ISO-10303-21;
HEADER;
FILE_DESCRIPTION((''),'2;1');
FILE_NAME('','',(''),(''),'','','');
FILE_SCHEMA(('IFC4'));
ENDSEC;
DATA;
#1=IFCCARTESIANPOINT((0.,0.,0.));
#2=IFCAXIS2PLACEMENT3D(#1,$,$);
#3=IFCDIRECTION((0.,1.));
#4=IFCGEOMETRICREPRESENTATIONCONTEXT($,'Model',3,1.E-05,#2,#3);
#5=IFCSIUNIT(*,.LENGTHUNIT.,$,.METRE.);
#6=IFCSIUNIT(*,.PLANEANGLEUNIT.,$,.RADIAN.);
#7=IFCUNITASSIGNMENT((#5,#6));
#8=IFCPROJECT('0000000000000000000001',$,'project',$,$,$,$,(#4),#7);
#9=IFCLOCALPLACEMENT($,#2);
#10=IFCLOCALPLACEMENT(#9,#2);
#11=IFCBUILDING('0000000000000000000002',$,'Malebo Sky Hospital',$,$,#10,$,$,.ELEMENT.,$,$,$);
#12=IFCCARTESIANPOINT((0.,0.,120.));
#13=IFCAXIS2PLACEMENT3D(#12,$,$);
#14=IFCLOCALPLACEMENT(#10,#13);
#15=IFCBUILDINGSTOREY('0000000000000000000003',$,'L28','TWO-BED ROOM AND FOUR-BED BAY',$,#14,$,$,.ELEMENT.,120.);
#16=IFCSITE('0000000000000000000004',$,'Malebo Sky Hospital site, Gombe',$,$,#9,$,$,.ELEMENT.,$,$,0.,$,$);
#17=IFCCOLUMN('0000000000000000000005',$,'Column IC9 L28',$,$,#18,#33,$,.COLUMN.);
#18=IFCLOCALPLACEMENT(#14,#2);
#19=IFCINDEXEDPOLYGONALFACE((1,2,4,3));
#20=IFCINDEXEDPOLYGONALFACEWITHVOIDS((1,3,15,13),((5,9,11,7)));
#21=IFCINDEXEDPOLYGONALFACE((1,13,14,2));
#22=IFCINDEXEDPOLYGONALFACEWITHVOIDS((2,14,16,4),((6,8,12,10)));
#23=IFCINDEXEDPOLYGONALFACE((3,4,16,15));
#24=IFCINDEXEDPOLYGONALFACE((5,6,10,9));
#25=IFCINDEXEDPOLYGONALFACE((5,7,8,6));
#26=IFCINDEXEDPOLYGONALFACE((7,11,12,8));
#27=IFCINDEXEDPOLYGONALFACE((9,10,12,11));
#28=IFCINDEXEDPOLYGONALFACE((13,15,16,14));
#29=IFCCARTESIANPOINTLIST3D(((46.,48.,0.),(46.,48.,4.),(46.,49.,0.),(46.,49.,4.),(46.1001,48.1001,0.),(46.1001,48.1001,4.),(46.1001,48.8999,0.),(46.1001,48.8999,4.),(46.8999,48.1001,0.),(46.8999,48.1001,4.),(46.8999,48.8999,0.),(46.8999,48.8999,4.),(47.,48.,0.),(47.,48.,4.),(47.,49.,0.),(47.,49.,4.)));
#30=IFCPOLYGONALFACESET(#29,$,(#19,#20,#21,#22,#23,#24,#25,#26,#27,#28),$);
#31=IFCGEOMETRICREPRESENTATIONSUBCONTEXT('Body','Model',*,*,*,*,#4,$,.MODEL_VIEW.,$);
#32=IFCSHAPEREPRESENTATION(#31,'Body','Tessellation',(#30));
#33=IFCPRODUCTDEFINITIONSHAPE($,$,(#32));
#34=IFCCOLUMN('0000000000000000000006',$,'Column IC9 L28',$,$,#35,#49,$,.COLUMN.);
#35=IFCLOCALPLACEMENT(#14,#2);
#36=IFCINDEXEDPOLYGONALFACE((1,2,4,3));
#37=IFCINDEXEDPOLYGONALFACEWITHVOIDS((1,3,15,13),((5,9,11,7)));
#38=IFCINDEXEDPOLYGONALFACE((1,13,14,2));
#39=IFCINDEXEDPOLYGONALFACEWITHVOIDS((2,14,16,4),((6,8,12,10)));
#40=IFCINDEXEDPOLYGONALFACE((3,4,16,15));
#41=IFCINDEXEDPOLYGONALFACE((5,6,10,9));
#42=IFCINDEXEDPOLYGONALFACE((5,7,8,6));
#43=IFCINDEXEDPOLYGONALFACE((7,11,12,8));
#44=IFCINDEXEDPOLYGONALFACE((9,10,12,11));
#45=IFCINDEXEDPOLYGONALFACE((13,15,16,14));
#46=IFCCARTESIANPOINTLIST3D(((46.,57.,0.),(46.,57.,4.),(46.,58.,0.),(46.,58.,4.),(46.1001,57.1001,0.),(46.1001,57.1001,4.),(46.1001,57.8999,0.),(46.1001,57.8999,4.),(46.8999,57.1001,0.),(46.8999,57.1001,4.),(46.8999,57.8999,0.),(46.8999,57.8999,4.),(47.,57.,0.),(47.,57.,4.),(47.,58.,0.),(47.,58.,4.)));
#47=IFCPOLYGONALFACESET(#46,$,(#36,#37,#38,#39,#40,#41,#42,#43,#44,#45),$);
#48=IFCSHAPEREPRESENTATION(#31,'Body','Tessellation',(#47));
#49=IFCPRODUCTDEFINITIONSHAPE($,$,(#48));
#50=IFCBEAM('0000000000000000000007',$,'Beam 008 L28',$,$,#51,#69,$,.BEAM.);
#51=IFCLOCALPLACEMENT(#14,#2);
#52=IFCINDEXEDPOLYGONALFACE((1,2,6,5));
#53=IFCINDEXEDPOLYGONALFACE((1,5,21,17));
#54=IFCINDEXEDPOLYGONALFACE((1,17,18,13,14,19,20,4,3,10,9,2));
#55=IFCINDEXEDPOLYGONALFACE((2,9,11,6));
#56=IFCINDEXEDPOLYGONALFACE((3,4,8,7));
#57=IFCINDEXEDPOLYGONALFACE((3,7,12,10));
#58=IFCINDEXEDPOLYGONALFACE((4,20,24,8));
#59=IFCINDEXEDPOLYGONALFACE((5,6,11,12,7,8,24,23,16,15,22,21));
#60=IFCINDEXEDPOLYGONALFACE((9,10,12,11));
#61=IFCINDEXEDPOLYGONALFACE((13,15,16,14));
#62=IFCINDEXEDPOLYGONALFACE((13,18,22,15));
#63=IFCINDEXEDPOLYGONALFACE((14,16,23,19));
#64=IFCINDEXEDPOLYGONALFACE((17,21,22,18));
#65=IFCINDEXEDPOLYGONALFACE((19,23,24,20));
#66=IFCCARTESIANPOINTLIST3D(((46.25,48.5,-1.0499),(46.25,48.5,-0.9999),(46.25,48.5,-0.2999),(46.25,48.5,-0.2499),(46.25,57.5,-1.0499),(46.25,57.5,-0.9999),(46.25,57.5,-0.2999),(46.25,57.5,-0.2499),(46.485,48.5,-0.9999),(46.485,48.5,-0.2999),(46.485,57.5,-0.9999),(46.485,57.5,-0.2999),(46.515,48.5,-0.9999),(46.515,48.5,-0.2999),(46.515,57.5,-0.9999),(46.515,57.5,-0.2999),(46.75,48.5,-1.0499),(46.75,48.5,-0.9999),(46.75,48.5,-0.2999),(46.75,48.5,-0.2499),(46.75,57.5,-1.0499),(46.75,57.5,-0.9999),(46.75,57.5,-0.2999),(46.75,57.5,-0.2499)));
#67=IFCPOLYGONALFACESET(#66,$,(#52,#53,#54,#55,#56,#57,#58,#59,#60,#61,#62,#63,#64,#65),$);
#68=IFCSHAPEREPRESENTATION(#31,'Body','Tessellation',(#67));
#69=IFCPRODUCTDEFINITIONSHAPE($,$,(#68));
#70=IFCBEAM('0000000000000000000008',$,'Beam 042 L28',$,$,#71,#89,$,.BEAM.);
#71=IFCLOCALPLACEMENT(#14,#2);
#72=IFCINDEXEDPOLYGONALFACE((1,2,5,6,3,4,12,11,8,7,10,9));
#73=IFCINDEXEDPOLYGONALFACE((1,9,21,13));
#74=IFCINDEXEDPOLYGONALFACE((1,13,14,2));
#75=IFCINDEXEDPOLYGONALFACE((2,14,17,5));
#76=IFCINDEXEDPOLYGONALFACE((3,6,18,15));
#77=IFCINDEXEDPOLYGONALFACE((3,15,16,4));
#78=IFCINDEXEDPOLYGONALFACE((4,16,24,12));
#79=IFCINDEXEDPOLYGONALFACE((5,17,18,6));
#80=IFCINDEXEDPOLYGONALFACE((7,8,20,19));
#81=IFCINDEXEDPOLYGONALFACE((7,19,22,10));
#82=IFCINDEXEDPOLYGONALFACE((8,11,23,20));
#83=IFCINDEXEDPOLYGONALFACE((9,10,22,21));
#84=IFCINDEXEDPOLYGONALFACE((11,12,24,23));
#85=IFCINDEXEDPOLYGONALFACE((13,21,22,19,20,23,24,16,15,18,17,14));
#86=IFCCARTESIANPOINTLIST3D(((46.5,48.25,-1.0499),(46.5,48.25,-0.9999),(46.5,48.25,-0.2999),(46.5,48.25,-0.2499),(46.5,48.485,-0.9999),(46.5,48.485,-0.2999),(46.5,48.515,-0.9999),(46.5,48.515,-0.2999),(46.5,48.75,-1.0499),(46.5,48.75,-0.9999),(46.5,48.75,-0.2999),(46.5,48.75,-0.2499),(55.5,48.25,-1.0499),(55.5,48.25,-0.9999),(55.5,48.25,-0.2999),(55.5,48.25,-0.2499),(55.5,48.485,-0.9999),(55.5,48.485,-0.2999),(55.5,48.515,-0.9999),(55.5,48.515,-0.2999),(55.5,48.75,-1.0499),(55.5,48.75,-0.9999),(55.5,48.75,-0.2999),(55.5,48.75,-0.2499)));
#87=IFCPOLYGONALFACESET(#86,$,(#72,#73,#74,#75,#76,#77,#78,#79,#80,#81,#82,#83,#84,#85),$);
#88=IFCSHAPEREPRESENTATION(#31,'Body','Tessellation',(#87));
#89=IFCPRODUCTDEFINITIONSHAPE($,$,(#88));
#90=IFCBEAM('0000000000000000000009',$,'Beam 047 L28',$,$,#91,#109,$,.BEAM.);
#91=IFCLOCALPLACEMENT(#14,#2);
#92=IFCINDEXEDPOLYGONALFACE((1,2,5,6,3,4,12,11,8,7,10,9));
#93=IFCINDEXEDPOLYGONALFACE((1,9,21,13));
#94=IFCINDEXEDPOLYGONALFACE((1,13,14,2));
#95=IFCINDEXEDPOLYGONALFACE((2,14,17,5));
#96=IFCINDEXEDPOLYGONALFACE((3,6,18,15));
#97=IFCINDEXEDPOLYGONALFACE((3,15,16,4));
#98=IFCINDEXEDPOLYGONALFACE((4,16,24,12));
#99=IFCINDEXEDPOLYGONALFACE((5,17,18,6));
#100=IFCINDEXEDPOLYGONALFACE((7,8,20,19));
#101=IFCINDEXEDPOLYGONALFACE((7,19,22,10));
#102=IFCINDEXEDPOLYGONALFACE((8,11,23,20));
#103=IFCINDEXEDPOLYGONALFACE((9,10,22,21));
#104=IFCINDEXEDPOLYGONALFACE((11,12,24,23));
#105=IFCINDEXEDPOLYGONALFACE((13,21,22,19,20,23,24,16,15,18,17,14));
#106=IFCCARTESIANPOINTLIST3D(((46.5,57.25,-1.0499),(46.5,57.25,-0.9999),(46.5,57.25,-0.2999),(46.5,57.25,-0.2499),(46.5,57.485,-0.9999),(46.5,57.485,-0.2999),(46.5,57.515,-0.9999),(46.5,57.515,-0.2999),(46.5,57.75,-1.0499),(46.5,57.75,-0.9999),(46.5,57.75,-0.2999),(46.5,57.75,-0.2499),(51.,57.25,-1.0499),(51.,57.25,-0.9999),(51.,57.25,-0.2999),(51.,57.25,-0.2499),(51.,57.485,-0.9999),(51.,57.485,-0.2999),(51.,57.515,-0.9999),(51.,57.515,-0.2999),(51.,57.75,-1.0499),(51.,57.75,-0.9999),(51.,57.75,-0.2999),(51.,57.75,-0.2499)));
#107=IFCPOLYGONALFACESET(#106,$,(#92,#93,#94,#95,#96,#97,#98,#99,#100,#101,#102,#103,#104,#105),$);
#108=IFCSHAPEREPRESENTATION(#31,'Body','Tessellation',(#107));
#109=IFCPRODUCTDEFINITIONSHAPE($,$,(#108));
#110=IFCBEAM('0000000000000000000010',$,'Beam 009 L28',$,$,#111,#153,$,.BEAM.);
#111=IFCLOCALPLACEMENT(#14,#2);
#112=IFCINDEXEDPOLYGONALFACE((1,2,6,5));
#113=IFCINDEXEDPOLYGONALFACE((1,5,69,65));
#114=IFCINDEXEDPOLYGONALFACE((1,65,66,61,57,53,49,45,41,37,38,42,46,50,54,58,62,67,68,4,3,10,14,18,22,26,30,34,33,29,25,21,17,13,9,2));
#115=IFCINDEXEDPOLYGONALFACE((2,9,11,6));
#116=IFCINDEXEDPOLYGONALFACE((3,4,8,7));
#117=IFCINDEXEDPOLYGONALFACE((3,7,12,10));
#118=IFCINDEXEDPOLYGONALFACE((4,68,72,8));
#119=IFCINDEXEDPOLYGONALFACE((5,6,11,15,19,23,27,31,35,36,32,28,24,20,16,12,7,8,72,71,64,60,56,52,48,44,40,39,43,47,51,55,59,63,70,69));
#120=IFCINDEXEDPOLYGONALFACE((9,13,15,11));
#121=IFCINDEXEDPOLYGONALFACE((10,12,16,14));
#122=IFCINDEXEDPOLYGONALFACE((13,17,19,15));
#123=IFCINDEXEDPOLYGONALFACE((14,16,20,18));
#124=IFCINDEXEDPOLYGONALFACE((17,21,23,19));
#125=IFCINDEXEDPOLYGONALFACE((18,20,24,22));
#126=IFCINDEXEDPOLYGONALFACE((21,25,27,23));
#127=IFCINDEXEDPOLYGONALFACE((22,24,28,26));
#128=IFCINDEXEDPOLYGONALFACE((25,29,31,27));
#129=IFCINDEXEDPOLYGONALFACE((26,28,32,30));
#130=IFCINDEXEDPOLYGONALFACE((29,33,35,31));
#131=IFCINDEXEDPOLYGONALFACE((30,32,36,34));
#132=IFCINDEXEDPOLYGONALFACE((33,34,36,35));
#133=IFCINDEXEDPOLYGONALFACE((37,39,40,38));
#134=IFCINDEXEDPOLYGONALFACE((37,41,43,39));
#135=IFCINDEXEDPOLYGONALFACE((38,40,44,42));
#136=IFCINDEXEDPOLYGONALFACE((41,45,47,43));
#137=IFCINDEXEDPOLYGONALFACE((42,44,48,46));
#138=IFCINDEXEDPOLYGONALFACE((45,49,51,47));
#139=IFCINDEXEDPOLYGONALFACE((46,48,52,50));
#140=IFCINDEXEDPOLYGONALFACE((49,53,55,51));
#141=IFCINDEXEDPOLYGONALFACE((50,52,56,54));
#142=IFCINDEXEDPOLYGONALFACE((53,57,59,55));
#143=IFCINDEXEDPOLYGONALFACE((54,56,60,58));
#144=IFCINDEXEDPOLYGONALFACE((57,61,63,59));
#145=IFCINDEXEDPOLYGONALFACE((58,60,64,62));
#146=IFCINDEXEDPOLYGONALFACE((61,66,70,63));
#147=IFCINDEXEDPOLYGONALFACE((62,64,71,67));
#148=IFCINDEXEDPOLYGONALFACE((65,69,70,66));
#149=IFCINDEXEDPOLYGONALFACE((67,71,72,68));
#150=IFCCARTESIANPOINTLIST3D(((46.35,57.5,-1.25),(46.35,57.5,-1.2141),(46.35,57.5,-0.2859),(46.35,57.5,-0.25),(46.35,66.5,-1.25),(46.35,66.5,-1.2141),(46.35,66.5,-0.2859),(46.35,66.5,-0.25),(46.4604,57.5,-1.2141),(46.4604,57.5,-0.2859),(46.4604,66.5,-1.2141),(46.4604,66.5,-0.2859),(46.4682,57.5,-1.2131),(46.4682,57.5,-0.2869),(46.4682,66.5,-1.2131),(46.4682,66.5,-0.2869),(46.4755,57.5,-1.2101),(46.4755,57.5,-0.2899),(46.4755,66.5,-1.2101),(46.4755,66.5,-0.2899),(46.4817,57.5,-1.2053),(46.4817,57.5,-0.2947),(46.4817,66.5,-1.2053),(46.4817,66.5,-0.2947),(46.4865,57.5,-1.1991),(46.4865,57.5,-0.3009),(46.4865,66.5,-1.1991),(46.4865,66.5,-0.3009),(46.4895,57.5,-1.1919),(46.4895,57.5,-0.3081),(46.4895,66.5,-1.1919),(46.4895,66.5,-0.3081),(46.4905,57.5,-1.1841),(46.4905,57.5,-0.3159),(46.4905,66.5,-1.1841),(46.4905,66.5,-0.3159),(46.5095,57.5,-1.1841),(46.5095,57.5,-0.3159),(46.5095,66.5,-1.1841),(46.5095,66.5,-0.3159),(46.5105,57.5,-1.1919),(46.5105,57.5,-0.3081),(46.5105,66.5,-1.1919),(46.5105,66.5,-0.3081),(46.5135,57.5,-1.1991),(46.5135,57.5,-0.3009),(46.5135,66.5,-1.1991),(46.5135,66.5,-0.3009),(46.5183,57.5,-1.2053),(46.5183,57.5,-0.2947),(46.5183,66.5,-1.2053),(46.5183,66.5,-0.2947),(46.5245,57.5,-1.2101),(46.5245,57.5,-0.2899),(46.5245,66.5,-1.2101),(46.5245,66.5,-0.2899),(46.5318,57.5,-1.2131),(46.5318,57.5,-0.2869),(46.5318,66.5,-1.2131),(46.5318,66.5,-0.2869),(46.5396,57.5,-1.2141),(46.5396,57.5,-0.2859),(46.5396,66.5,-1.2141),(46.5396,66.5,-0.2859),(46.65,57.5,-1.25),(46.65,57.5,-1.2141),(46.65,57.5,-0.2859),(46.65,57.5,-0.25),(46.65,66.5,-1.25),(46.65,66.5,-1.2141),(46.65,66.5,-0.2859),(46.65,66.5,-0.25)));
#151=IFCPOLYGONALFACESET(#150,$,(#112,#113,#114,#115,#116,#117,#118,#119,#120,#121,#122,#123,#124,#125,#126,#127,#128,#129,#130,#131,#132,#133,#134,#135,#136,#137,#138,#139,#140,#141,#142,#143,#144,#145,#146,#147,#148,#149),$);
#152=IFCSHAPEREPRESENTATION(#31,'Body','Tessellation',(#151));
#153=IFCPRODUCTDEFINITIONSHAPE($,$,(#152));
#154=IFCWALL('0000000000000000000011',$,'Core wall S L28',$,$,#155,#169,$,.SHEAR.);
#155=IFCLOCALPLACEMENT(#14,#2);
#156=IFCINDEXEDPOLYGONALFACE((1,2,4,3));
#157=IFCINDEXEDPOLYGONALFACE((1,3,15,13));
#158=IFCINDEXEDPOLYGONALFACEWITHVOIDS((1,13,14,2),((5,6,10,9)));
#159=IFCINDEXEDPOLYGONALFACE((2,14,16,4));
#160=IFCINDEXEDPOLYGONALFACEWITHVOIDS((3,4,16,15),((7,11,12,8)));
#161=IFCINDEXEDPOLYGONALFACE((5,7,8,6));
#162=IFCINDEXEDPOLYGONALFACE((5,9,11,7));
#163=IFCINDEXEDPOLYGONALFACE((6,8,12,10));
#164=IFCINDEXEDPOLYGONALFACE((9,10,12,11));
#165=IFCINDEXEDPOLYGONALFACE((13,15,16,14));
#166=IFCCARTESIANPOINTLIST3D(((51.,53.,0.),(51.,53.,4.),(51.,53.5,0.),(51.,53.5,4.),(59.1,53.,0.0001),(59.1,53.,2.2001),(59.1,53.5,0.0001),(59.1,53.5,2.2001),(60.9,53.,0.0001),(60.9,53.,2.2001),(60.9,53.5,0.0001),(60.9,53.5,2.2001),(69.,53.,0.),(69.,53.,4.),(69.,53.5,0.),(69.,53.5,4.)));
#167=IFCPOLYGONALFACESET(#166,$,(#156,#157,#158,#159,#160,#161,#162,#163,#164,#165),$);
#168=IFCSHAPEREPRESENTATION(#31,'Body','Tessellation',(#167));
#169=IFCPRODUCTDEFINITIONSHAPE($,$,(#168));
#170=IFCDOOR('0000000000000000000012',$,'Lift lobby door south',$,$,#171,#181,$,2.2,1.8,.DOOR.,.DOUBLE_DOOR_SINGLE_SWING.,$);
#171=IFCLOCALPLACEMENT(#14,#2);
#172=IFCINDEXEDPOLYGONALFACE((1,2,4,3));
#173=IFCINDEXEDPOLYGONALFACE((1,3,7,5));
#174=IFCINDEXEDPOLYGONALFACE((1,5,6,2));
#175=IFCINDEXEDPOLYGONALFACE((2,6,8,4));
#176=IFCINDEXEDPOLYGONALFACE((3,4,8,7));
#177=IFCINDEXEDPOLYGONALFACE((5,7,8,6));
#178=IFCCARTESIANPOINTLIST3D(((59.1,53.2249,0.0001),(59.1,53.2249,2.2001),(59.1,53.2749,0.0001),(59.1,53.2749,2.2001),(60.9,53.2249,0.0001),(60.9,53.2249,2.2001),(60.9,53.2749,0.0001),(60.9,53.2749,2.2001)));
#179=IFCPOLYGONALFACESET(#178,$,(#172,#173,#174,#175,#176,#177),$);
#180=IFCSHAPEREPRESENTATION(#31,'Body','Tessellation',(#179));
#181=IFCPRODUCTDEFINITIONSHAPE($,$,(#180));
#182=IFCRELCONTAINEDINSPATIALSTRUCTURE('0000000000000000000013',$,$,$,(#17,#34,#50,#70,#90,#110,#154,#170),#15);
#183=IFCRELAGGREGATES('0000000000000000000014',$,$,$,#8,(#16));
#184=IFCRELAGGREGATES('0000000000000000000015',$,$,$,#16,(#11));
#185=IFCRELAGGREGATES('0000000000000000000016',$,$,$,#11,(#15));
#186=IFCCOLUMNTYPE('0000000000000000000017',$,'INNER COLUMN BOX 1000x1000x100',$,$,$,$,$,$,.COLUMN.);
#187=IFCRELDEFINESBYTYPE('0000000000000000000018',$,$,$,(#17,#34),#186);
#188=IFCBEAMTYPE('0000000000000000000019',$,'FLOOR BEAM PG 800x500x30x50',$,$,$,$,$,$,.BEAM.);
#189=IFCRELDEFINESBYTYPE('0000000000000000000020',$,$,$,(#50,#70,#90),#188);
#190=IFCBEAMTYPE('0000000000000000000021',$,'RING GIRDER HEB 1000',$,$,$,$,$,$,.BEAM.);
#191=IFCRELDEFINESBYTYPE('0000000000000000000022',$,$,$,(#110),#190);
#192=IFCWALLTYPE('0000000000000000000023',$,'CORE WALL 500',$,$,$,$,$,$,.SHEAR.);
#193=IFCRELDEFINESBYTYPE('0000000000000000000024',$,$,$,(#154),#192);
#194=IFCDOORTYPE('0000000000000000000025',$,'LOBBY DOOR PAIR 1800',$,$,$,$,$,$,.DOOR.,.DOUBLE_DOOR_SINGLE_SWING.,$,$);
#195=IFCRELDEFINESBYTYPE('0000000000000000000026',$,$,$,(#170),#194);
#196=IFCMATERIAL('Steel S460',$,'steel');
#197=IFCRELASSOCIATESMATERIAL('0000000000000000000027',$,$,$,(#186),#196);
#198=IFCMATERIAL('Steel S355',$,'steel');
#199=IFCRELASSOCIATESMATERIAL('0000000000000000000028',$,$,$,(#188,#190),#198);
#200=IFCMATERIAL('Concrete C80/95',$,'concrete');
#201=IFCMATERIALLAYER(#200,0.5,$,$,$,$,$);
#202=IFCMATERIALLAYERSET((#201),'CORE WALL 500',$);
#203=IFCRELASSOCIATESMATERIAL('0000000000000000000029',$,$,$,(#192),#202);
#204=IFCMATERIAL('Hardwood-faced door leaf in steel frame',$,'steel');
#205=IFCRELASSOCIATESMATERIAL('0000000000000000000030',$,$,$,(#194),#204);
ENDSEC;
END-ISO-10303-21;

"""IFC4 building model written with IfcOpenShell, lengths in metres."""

from ifc_helpers import new_model, si_unit, direction, frame, frame_2d, origin, origin_2d, place, context, subcontext, project, spatial, rectangle, hollow_rectangle, i_section, extrude, material, layer, layer_set, material_profile, profile_set, type_object, element, fill, save


model = new_model("IFC4")

# Units and contexts
model_context = context("Model", 3, precision=1e-05, world=origin(), true_north=direction((0.0, 1.0)))
body_context = subcontext(model_context, "Body", "Model", "MODEL_VIEW")
ifc_project = project(units=[si_unit("LENGTHUNIT", "METRE"), si_unit("PLANEANGLEUNIT", "RADIAN")], contexts=[model_context])

# Site, building, storey
site_placement = place(None, origin())
site = spatial("IfcSite", under=ifc_project, at=site_placement, Name="Malebo Sky Hospital site, Gombe", CompositionType="ELEMENT", RefElevation=0.0)
building_placement = place(site_placement, origin())
building = spatial("IfcBuilding", under=site, at=building_placement, Name="Malebo Sky Hospital", CompositionType="ELEMENT")
storey_placement = place(building_placement, frame((0.0, 0.0, 120.0)))
storey = spatial("IfcBuildingStorey", under=building, at=storey_placement, Name="L28", Description="TWO-BED ROOM AND FOUR-BED BAY", CompositionType="ELEMENT", Elevation=120.0)

# Columns
ifc_material_1 = material(Name="Steel S460", Category="steel")
ifc_material_profile_1 = material_profile(ifc_material_1, hollow_rectangle(XDim=1.0, YDim=1.0, WallThickness=0.1001, at=origin_2d()), Name="BOX 1000x1000x100")
ifc_profile_set_1 = profile_set([ifc_material_profile_1], Name="Steel S460")
column_type = type_object("IfcColumnType", Name="INNER COLUMN BOX 1000x1000x100", PredefinedType="COLUMN", material=ifc_profile_set_1)
for number, where, z_axis, x_axis, name in (
    (1, (46.5, 48.5, 0.0), (0.0, 0.0, 1.0), (1.0, 0.0, 0.0), "Column IC9 L28"),
    (2, (46.5, 57.5, 0.0), (0.0, 0.0, 1.0), (1.0, 0.0, 0.0), "Column IC9 L28"),
):
    element("IfcColumn", number, at=place(storey_placement, frame(where, z_axis=z_axis, x_axis=x_axis)), inside=storey, type_object=column_type, Name=name, PredefinedType="COLUMN", context=body_context, shape_type="SweptSolid", body=[
        extrude(hollow_rectangle(XDim=1.0, YDim=1.0, WallThickness=0.1001, at=origin_2d()), origin(), (0.0, 0.0, 1.0), 4.0),
    ])

# Beams
ifc_material_2 = material(Name="Steel S355", Category="steel")
ifc_material_profile_2 = material_profile(ifc_material_2, i_section(OverallWidth=0.5, OverallDepth=0.8, WebThickness=0.03, FlangeThickness=0.05, at=origin_2d()), Name="PG 800x500x30x50")
ifc_profile_set_2 = profile_set([ifc_material_profile_2], Name="Steel S355")
beam_type_1 = type_object("IfcBeamType", Name="FLOOR BEAM PG 800x500x30x50", PredefinedType="BEAM", material=ifc_profile_set_2)
for number, where, z_axis, x_axis, name in (
    (3, (46.5, 48.5, -0.6499), (0.0, 1.0, 0.0), (-1.0, 0.0, 0.0), "Beam 008 L28"),
    (4, (46.5, 48.5, -0.6499), (1.0, 0.0, 0.0), (0.0, 1.0, 0.0), "Beam 042 L28"),
):
    element("IfcBeam", number, at=place(storey_placement, frame(where, z_axis=z_axis, x_axis=x_axis)), inside=storey, type_object=beam_type_1, Name=name, PredefinedType="BEAM", context=body_context, shape_type="SweptSolid", body=[
        extrude(i_section(OverallWidth=0.5, OverallDepth=0.8, WebThickness=0.03, FlangeThickness=0.05, at=origin_2d()), origin(), (0.0, 0.0, 1.0), 9.0),
    ])
beam_1_placement = place(storey_placement, frame((46.5, 57.5, -0.6499), z_axis=(1.0, 0.0, 0.0), x_axis=(0.0, 1.0, 0.0)))
element("IfcBeam", 5, at=beam_1_placement, inside=storey, type_object=beam_type_1, Name="Beam 047 L28", PredefinedType="BEAM", context=body_context, shape_type="SweptSolid", body=[
    extrude(i_section(OverallWidth=0.5, OverallDepth=0.8, WebThickness=0.03, FlangeThickness=0.05, at=origin_2d()), origin(), (0.0, 0.0, 1.0), 4.5),
])
ifc_material_profile_3 = material_profile(ifc_material_2, i_section(OverallWidth=0.3, OverallDepth=1.0, WebThickness=0.019, FlangeThickness=0.0359, FilletRadius=0.03, at=origin_2d()), Name="HEB 1000")
ifc_profile_set_3 = profile_set([ifc_material_profile_3], Name="Steel S355")
beam_type_2 = type_object("IfcBeamType", Name="RING GIRDER HEB 1000", PredefinedType="BEAM", material=ifc_profile_set_3)
beam_2_placement = place(storey_placement, frame((46.5, 57.5, -0.75), z_axis=(0.0, 1.0, 0.0), x_axis=(-1.0, 0.0, 0.0)))
element("IfcBeam", 6, at=beam_2_placement, inside=storey, type_object=beam_type_2, Name="Beam 009 L28", PredefinedType="BEAM", context=body_context, shape_type="SweptSolid", body=[
    extrude(i_section(OverallWidth=0.3, OverallDepth=1.0, WebThickness=0.019, FlangeThickness=0.0359, FilletRadius=0.03, at=origin_2d()), origin(), (0.0, 0.0, 1.0), 9.0),
])

# Wall, opening, door
ifc_material_3 = material(Name="Concrete C80/95", Category="concrete")
ifc_layer_1 = layer(ifc_material_3, 0.5)
ifc_layer_set_1 = layer_set([ifc_layer_1], Name="CORE WALL 500")
wall_type_1 = type_object("IfcWallType", Name="CORE WALL 500", PredefinedType="SHEAR", material=ifc_layer_set_1)
wall_1_placement = place(storey_placement, frame((51.0, 53.25, 0.0), z_axis=(0.0, 0.0, 1.0), x_axis=(1.0, 0.0, 0.0)))
wall_1 = element("IfcWall", 7, at=wall_1_placement, inside=storey, type_object=wall_type_1, Name="Core wall S L28", PredefinedType="SHEAR", context=body_context, shape_type="SweptSolid", body=[
    extrude(rectangle(XDim=18.0, YDim=0.5, at=frame_2d((9.0, 0.0))), origin(), (0.0, 0.0, 1.0), 4.0),
])
opening_1_placement = place(wall_1_placement, frame((8.1001, 0.0, 0.0)))
opening_1 = element("IfcOpeningElement", 8, at=opening_1_placement, cuts=wall_1, PredefinedType="OPENING", context=body_context, shape_type="SweptSolid", body=[
    extrude(rectangle(XDim=1.8, YDim=2.2, at=frame_2d((0.8999, 1.1001))), frame((0.0, 0.26, 0.0), z_axis=(0.0, -1.0, 0.0), x_axis=(1.0, 0.0, 0.0)), (0.0, 0.0, 1.0), 0.52),
])
ifc_material_4 = material(Name="Hardwood-faced door leaf in steel frame", Category="steel")
door_type_1 = type_object("IfcDoorType", Name="LOBBY DOOR PAIR 1800", OperationType="DOUBLE_DOOR_SINGLE_SWING", PredefinedType="DOOR", material=ifc_material_4)
door_1_placement = place(opening_1_placement, origin())
door_1 = element("IfcDoor", 9, at=door_1_placement, inside=storey, type_object=door_type_1, Name="Lift lobby door south", OperationType="DOUBLE_DOOR_SINGLE_SWING", OverallHeight=2.2, OverallWidth=1.8, PredefinedType="DOOR", context=body_context, shape_type="SweptSolid", body=[
    extrude(rectangle(XDim=1.8, YDim=2.2, at=frame_2d((0.8999, 1.1001))), frame((0.0, 0.0249, 0.0), z_axis=(0.0, -1.0, 0.0), x_axis=(1.0, 0.0, 0.0)), (0.0, 0.0, 1.0), 0.05),
])
fill(opening_1, door_1)

save(model, "model.ifc")
